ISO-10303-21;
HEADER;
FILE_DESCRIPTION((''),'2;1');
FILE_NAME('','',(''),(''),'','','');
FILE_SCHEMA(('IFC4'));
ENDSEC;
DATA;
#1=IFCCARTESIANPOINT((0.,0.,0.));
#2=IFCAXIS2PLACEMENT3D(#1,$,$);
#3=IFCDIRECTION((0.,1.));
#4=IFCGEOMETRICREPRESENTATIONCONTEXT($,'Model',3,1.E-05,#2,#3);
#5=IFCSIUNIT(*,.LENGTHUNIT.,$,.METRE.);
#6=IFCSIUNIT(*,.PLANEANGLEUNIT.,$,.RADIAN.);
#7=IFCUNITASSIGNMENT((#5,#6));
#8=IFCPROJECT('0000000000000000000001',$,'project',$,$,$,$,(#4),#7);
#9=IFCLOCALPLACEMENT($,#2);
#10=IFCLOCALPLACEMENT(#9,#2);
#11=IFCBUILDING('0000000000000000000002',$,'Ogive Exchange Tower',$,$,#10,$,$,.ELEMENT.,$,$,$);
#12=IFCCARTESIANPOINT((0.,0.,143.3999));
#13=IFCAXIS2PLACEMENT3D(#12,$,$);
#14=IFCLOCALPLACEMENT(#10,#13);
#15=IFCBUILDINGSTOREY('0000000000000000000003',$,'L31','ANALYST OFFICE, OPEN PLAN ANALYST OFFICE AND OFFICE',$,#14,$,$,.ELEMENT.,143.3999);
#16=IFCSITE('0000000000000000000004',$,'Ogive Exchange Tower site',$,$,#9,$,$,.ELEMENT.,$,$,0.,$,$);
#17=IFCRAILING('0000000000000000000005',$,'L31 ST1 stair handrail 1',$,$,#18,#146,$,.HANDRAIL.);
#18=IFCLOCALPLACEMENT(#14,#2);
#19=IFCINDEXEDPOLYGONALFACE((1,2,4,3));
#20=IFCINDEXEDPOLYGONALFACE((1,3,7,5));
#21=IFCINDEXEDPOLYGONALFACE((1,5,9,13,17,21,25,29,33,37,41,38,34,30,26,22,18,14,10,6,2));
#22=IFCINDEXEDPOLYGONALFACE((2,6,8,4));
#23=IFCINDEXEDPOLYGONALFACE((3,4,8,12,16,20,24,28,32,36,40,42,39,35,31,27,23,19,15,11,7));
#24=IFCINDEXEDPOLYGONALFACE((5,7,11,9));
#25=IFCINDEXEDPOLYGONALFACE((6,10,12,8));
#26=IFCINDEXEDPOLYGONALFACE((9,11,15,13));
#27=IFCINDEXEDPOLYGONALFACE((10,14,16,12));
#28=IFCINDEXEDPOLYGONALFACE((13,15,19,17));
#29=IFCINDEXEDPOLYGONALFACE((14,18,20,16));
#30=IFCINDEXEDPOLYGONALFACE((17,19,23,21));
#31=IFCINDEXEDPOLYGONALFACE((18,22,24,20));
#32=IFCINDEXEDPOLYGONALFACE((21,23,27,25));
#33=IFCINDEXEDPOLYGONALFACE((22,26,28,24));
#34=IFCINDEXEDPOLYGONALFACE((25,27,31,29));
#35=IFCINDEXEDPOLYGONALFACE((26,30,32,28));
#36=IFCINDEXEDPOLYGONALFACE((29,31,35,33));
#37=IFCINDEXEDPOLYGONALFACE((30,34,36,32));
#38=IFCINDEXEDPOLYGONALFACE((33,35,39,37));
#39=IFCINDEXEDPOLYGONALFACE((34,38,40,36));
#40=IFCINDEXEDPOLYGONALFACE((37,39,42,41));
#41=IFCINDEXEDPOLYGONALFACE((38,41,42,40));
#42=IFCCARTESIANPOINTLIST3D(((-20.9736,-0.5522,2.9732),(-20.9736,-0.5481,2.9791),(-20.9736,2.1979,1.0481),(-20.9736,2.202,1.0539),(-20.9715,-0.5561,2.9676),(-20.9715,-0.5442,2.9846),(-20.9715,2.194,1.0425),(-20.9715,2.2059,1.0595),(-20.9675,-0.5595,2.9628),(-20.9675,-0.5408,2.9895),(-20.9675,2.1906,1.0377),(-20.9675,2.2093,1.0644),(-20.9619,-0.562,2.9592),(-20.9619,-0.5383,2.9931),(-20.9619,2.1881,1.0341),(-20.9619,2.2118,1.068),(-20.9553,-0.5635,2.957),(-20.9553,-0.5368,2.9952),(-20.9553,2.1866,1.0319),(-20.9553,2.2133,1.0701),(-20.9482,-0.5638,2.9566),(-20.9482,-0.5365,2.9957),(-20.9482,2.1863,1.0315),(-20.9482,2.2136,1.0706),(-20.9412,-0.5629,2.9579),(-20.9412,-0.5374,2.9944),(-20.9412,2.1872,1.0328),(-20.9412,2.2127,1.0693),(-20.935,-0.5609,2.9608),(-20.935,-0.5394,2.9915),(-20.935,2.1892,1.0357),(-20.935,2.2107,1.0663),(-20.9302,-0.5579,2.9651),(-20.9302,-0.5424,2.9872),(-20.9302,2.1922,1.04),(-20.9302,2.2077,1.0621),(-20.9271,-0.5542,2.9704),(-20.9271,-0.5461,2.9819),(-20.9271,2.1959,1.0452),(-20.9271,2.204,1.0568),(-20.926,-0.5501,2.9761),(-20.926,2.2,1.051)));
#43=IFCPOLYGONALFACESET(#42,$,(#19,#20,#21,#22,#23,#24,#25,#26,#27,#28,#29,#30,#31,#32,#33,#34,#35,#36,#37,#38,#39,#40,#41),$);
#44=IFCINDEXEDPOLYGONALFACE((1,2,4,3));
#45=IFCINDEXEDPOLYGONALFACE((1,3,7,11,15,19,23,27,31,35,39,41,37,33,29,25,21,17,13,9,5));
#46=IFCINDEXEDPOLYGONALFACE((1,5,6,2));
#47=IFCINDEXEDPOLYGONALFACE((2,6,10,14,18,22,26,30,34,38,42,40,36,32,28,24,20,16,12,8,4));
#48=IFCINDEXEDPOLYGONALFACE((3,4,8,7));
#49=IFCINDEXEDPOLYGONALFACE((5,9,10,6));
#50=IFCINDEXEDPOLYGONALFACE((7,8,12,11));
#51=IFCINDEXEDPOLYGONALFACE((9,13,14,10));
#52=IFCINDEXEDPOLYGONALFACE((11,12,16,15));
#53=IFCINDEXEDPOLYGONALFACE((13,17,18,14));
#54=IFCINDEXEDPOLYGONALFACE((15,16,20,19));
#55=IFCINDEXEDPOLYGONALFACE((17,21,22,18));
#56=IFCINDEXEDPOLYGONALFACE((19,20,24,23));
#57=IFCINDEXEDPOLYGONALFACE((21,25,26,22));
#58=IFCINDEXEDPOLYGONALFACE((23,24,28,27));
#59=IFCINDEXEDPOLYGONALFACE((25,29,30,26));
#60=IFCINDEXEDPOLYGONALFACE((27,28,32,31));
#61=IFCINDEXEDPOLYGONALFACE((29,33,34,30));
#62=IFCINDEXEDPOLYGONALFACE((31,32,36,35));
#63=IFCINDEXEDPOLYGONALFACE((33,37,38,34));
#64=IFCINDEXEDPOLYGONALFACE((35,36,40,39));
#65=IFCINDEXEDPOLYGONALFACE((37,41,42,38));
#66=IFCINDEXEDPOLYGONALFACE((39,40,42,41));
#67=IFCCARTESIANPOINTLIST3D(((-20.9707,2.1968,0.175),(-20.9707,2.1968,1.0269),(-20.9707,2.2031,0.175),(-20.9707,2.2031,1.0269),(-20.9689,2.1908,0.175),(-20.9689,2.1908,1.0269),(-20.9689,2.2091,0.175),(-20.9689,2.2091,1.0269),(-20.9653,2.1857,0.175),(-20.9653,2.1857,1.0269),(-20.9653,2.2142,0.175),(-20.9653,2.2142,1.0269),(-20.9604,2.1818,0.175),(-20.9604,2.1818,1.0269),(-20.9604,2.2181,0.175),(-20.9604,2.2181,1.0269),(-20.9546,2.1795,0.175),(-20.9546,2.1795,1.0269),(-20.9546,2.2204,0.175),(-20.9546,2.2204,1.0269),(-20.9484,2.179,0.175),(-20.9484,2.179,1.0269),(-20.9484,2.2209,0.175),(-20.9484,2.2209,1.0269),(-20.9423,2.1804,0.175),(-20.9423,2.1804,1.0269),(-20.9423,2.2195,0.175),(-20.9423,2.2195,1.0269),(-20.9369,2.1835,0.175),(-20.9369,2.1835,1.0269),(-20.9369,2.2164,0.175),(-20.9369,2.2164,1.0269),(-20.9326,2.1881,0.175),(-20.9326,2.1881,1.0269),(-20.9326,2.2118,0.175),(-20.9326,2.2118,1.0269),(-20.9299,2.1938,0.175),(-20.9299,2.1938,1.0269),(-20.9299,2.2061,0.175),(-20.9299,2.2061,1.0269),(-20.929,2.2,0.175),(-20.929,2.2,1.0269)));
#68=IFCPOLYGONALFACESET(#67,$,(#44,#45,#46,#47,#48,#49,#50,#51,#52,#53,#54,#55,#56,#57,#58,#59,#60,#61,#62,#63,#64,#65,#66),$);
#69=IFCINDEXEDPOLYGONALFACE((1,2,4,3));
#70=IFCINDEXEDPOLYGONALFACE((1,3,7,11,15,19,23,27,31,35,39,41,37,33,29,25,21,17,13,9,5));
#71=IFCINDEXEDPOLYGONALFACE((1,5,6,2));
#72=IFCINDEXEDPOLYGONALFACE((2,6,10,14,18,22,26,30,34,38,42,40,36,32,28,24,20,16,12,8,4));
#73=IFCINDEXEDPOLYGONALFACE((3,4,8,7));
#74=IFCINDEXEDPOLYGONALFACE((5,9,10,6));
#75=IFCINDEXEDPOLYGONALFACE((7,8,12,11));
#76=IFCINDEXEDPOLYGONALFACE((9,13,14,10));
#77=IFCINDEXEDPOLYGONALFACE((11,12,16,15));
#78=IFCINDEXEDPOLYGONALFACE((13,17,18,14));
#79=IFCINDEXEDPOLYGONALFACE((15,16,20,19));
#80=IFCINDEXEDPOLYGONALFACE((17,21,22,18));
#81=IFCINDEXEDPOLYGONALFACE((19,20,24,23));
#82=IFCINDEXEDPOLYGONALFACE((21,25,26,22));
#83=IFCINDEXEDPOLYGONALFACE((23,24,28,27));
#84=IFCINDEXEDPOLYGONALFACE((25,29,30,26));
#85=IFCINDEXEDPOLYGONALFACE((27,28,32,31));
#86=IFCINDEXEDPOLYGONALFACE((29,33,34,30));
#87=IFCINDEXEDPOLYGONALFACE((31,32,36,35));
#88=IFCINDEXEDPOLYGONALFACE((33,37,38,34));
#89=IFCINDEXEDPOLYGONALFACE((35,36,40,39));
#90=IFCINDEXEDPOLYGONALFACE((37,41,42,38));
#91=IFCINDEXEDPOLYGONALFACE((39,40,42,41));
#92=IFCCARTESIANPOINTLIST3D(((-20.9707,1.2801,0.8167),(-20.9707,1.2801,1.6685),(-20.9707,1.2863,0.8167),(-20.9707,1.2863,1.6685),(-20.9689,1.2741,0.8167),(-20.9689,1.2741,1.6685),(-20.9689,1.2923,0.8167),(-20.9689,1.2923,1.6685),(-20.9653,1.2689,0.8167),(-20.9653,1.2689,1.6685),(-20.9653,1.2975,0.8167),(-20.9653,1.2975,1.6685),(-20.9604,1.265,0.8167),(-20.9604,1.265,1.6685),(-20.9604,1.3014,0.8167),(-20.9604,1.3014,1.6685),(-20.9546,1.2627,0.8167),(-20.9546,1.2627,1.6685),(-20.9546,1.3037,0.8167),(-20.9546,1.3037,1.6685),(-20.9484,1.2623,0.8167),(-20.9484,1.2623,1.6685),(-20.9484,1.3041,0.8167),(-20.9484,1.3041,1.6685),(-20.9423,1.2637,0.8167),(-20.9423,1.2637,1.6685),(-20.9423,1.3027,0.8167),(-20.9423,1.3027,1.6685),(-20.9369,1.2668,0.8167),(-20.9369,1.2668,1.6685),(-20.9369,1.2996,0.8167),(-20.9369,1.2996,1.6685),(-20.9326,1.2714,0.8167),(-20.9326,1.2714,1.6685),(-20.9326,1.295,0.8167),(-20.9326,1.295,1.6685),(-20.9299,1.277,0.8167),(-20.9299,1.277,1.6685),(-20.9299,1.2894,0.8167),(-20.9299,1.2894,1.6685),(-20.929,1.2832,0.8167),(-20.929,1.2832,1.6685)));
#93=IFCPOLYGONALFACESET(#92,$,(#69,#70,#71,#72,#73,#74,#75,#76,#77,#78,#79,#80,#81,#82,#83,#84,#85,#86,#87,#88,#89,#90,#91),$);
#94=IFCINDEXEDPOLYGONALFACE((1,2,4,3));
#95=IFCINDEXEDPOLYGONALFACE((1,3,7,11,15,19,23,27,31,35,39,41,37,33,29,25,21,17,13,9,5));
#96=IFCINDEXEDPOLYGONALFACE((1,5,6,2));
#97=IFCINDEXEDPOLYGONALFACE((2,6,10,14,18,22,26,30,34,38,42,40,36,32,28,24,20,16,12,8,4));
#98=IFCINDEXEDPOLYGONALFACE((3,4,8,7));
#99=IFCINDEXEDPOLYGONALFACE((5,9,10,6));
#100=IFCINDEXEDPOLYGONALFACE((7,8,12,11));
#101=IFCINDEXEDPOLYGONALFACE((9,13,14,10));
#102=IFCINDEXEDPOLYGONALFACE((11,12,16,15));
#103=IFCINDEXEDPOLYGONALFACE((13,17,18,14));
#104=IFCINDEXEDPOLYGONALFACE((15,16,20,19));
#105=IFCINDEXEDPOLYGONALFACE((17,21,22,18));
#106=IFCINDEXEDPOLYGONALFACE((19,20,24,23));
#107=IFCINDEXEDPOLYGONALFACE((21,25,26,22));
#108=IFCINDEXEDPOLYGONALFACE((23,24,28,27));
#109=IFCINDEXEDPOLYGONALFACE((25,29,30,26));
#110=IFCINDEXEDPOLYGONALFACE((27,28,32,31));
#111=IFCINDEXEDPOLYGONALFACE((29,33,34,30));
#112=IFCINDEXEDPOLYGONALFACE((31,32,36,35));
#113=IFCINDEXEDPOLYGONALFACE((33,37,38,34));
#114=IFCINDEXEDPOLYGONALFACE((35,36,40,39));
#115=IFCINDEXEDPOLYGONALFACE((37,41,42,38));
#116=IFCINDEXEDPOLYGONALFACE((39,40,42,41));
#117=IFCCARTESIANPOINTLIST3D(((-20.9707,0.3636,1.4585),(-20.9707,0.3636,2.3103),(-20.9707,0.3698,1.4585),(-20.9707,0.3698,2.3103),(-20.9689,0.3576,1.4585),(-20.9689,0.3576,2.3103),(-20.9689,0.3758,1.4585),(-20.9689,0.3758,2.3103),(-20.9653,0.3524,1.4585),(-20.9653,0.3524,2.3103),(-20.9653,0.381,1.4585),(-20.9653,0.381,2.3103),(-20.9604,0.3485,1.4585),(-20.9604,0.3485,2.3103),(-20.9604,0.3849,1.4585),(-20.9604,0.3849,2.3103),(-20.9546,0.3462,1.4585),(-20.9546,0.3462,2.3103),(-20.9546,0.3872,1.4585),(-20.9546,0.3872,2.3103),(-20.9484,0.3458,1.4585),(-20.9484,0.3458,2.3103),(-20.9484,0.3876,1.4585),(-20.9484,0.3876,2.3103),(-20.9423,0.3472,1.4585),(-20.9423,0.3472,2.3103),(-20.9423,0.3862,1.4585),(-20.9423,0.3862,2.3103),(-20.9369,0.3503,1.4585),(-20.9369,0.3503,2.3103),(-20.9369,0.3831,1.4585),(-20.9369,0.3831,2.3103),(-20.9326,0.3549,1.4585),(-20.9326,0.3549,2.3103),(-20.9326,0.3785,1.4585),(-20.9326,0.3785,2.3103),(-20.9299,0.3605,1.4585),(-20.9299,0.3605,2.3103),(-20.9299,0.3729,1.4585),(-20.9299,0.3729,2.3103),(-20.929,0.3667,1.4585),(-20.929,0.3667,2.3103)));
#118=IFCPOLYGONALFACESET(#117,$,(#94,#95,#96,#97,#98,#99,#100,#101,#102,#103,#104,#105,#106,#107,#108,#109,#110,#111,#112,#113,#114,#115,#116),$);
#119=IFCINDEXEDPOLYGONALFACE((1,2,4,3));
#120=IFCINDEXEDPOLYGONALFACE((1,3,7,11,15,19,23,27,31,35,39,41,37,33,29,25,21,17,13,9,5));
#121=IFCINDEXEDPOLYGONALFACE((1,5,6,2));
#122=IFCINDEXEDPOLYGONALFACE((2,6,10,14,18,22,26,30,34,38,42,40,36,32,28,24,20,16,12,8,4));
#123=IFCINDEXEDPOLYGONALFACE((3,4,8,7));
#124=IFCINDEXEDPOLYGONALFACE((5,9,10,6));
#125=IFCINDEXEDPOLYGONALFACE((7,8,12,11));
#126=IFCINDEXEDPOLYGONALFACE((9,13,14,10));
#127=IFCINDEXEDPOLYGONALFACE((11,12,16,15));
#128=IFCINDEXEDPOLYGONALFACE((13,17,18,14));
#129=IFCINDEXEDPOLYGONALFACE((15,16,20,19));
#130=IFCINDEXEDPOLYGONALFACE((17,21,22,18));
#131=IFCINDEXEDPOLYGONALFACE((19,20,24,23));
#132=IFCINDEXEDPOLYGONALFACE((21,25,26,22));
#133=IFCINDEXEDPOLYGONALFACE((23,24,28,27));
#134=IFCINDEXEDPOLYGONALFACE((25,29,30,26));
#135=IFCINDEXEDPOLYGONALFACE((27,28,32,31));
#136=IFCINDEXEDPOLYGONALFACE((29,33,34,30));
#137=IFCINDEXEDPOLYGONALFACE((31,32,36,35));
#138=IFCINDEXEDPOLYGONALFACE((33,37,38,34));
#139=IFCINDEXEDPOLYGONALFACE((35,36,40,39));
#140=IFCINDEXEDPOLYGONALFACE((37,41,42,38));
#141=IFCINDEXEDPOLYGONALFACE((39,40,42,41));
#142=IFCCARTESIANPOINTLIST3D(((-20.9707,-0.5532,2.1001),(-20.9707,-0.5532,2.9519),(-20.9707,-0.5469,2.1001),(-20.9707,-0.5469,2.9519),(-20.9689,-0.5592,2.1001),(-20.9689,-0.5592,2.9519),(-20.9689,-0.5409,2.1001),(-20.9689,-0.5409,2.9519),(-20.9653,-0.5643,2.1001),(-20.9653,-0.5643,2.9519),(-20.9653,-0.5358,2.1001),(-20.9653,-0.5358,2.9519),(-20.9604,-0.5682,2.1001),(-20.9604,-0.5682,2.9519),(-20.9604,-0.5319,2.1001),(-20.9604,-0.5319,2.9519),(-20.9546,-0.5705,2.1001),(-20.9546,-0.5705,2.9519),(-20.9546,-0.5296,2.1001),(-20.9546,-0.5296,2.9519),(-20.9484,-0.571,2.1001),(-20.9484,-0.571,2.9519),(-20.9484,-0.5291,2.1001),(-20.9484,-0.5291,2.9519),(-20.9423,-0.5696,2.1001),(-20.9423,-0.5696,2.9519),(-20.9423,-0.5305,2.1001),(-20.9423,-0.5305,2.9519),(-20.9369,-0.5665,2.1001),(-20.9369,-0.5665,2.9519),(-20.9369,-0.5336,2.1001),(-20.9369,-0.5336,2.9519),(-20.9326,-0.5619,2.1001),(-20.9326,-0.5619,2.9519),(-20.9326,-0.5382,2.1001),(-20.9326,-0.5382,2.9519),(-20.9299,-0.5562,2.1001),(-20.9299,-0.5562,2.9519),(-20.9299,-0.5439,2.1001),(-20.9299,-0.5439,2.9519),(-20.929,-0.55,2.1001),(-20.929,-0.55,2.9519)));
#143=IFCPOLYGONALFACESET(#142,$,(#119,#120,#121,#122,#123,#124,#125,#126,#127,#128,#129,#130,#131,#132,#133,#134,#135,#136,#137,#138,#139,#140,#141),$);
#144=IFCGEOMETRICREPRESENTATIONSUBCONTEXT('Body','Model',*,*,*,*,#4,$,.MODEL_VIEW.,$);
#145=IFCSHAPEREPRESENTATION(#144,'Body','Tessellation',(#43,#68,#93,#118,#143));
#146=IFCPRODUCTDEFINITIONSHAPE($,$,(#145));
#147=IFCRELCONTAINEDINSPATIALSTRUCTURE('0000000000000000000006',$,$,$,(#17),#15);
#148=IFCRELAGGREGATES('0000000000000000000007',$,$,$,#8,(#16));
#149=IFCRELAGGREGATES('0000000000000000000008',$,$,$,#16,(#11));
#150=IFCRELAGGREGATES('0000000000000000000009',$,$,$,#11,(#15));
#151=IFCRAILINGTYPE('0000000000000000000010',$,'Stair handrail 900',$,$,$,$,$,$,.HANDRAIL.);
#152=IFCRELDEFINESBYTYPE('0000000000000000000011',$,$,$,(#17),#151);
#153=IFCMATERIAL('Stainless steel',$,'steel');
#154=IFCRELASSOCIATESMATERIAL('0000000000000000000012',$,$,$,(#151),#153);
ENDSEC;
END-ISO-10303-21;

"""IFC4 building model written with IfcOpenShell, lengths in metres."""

from ifc_helpers import new_model, si_unit, direction, frame, origin, origin_2d, place, context, subcontext, project, spatial, circle, extrude, material, type_object, element, save


model = new_model("IFC4")

# Units and contexts
model_context = context("Model", 3, precision=1e-05, world=origin(), true_north=direction((0.0, 1.0)))
body_context = subcontext(model_context, "Body", "Model", "MODEL_VIEW")
ifc_project = project(units=[si_unit("LENGTHUNIT", "METRE"), si_unit("PLANEANGLEUNIT", "RADIAN")], contexts=[model_context])

# Site, building, storey
site_placement = place(None, origin())
site = spatial("IfcSite", under=ifc_project, at=site_placement, Name="Ogive Exchange Tower site", CompositionType="ELEMENT", RefElevation=0.0)
building_placement = place(site_placement, origin())
building = spatial("IfcBuilding", under=site, at=building_placement, Name="Ogive Exchange Tower", CompositionType="ELEMENT")
storey_placement = place(building_placement, frame((0.0, 0.0, 143.3999)))
storey = spatial("IfcBuildingStorey", under=building, at=storey_placement, Name="L31", Description="ANALYST OFFICE, OPEN PLAN ANALYST OFFICE AND OFFICE", CompositionType="ELEMENT", Elevation=143.3999)

# Railing
ifc_material_1 = material(Name="Stainless steel", Category="steel")
railing_type = type_object("IfcRailingType", Name="Stair handrail 900", PredefinedType="HANDRAIL", material=ifc_material_1)
railing_placement = place(storey_placement, frame((-20.95, 2.2, 0.175)))
element("IfcRailing", 1, at=railing_placement, inside=storey, type_object=railing_type, Name="L31 ST1 stair handrail 1", PredefinedType="HANDRAIL", context=body_context, shape_type="SweptSolid", body=[
    extrude(circle(Radius=0.0239, at=origin_2d()), frame((0.0, 0.0, 0.876), z_axis=(0.0, -0.819225, 0.573472), x_axis=(1.0, 0.0, 0.0)), (0.0, 0.0, 1.0), 3.3569),
    extrude(circle(Radius=0.021, at=origin_2d()), origin(), (0.0, 0.0, 1.0), 0.8518),
    extrude(circle(Radius=0.021, at=origin_2d()), frame((0.0, -0.9167, 0.6416)), (0.0, 0.0, 1.0), 0.8518),
    extrude(circle(Radius=0.021, at=origin_2d()), frame((0.0, -1.8333, 1.2834)), (0.0, 0.0, 1.0), 0.8518),
    extrude(circle(Radius=0.021, at=origin_2d()), frame((0.0, -2.75, 1.925)), (0.0, 0.0, 1.0), 0.8518),
])

save(model, "model.ifc")
